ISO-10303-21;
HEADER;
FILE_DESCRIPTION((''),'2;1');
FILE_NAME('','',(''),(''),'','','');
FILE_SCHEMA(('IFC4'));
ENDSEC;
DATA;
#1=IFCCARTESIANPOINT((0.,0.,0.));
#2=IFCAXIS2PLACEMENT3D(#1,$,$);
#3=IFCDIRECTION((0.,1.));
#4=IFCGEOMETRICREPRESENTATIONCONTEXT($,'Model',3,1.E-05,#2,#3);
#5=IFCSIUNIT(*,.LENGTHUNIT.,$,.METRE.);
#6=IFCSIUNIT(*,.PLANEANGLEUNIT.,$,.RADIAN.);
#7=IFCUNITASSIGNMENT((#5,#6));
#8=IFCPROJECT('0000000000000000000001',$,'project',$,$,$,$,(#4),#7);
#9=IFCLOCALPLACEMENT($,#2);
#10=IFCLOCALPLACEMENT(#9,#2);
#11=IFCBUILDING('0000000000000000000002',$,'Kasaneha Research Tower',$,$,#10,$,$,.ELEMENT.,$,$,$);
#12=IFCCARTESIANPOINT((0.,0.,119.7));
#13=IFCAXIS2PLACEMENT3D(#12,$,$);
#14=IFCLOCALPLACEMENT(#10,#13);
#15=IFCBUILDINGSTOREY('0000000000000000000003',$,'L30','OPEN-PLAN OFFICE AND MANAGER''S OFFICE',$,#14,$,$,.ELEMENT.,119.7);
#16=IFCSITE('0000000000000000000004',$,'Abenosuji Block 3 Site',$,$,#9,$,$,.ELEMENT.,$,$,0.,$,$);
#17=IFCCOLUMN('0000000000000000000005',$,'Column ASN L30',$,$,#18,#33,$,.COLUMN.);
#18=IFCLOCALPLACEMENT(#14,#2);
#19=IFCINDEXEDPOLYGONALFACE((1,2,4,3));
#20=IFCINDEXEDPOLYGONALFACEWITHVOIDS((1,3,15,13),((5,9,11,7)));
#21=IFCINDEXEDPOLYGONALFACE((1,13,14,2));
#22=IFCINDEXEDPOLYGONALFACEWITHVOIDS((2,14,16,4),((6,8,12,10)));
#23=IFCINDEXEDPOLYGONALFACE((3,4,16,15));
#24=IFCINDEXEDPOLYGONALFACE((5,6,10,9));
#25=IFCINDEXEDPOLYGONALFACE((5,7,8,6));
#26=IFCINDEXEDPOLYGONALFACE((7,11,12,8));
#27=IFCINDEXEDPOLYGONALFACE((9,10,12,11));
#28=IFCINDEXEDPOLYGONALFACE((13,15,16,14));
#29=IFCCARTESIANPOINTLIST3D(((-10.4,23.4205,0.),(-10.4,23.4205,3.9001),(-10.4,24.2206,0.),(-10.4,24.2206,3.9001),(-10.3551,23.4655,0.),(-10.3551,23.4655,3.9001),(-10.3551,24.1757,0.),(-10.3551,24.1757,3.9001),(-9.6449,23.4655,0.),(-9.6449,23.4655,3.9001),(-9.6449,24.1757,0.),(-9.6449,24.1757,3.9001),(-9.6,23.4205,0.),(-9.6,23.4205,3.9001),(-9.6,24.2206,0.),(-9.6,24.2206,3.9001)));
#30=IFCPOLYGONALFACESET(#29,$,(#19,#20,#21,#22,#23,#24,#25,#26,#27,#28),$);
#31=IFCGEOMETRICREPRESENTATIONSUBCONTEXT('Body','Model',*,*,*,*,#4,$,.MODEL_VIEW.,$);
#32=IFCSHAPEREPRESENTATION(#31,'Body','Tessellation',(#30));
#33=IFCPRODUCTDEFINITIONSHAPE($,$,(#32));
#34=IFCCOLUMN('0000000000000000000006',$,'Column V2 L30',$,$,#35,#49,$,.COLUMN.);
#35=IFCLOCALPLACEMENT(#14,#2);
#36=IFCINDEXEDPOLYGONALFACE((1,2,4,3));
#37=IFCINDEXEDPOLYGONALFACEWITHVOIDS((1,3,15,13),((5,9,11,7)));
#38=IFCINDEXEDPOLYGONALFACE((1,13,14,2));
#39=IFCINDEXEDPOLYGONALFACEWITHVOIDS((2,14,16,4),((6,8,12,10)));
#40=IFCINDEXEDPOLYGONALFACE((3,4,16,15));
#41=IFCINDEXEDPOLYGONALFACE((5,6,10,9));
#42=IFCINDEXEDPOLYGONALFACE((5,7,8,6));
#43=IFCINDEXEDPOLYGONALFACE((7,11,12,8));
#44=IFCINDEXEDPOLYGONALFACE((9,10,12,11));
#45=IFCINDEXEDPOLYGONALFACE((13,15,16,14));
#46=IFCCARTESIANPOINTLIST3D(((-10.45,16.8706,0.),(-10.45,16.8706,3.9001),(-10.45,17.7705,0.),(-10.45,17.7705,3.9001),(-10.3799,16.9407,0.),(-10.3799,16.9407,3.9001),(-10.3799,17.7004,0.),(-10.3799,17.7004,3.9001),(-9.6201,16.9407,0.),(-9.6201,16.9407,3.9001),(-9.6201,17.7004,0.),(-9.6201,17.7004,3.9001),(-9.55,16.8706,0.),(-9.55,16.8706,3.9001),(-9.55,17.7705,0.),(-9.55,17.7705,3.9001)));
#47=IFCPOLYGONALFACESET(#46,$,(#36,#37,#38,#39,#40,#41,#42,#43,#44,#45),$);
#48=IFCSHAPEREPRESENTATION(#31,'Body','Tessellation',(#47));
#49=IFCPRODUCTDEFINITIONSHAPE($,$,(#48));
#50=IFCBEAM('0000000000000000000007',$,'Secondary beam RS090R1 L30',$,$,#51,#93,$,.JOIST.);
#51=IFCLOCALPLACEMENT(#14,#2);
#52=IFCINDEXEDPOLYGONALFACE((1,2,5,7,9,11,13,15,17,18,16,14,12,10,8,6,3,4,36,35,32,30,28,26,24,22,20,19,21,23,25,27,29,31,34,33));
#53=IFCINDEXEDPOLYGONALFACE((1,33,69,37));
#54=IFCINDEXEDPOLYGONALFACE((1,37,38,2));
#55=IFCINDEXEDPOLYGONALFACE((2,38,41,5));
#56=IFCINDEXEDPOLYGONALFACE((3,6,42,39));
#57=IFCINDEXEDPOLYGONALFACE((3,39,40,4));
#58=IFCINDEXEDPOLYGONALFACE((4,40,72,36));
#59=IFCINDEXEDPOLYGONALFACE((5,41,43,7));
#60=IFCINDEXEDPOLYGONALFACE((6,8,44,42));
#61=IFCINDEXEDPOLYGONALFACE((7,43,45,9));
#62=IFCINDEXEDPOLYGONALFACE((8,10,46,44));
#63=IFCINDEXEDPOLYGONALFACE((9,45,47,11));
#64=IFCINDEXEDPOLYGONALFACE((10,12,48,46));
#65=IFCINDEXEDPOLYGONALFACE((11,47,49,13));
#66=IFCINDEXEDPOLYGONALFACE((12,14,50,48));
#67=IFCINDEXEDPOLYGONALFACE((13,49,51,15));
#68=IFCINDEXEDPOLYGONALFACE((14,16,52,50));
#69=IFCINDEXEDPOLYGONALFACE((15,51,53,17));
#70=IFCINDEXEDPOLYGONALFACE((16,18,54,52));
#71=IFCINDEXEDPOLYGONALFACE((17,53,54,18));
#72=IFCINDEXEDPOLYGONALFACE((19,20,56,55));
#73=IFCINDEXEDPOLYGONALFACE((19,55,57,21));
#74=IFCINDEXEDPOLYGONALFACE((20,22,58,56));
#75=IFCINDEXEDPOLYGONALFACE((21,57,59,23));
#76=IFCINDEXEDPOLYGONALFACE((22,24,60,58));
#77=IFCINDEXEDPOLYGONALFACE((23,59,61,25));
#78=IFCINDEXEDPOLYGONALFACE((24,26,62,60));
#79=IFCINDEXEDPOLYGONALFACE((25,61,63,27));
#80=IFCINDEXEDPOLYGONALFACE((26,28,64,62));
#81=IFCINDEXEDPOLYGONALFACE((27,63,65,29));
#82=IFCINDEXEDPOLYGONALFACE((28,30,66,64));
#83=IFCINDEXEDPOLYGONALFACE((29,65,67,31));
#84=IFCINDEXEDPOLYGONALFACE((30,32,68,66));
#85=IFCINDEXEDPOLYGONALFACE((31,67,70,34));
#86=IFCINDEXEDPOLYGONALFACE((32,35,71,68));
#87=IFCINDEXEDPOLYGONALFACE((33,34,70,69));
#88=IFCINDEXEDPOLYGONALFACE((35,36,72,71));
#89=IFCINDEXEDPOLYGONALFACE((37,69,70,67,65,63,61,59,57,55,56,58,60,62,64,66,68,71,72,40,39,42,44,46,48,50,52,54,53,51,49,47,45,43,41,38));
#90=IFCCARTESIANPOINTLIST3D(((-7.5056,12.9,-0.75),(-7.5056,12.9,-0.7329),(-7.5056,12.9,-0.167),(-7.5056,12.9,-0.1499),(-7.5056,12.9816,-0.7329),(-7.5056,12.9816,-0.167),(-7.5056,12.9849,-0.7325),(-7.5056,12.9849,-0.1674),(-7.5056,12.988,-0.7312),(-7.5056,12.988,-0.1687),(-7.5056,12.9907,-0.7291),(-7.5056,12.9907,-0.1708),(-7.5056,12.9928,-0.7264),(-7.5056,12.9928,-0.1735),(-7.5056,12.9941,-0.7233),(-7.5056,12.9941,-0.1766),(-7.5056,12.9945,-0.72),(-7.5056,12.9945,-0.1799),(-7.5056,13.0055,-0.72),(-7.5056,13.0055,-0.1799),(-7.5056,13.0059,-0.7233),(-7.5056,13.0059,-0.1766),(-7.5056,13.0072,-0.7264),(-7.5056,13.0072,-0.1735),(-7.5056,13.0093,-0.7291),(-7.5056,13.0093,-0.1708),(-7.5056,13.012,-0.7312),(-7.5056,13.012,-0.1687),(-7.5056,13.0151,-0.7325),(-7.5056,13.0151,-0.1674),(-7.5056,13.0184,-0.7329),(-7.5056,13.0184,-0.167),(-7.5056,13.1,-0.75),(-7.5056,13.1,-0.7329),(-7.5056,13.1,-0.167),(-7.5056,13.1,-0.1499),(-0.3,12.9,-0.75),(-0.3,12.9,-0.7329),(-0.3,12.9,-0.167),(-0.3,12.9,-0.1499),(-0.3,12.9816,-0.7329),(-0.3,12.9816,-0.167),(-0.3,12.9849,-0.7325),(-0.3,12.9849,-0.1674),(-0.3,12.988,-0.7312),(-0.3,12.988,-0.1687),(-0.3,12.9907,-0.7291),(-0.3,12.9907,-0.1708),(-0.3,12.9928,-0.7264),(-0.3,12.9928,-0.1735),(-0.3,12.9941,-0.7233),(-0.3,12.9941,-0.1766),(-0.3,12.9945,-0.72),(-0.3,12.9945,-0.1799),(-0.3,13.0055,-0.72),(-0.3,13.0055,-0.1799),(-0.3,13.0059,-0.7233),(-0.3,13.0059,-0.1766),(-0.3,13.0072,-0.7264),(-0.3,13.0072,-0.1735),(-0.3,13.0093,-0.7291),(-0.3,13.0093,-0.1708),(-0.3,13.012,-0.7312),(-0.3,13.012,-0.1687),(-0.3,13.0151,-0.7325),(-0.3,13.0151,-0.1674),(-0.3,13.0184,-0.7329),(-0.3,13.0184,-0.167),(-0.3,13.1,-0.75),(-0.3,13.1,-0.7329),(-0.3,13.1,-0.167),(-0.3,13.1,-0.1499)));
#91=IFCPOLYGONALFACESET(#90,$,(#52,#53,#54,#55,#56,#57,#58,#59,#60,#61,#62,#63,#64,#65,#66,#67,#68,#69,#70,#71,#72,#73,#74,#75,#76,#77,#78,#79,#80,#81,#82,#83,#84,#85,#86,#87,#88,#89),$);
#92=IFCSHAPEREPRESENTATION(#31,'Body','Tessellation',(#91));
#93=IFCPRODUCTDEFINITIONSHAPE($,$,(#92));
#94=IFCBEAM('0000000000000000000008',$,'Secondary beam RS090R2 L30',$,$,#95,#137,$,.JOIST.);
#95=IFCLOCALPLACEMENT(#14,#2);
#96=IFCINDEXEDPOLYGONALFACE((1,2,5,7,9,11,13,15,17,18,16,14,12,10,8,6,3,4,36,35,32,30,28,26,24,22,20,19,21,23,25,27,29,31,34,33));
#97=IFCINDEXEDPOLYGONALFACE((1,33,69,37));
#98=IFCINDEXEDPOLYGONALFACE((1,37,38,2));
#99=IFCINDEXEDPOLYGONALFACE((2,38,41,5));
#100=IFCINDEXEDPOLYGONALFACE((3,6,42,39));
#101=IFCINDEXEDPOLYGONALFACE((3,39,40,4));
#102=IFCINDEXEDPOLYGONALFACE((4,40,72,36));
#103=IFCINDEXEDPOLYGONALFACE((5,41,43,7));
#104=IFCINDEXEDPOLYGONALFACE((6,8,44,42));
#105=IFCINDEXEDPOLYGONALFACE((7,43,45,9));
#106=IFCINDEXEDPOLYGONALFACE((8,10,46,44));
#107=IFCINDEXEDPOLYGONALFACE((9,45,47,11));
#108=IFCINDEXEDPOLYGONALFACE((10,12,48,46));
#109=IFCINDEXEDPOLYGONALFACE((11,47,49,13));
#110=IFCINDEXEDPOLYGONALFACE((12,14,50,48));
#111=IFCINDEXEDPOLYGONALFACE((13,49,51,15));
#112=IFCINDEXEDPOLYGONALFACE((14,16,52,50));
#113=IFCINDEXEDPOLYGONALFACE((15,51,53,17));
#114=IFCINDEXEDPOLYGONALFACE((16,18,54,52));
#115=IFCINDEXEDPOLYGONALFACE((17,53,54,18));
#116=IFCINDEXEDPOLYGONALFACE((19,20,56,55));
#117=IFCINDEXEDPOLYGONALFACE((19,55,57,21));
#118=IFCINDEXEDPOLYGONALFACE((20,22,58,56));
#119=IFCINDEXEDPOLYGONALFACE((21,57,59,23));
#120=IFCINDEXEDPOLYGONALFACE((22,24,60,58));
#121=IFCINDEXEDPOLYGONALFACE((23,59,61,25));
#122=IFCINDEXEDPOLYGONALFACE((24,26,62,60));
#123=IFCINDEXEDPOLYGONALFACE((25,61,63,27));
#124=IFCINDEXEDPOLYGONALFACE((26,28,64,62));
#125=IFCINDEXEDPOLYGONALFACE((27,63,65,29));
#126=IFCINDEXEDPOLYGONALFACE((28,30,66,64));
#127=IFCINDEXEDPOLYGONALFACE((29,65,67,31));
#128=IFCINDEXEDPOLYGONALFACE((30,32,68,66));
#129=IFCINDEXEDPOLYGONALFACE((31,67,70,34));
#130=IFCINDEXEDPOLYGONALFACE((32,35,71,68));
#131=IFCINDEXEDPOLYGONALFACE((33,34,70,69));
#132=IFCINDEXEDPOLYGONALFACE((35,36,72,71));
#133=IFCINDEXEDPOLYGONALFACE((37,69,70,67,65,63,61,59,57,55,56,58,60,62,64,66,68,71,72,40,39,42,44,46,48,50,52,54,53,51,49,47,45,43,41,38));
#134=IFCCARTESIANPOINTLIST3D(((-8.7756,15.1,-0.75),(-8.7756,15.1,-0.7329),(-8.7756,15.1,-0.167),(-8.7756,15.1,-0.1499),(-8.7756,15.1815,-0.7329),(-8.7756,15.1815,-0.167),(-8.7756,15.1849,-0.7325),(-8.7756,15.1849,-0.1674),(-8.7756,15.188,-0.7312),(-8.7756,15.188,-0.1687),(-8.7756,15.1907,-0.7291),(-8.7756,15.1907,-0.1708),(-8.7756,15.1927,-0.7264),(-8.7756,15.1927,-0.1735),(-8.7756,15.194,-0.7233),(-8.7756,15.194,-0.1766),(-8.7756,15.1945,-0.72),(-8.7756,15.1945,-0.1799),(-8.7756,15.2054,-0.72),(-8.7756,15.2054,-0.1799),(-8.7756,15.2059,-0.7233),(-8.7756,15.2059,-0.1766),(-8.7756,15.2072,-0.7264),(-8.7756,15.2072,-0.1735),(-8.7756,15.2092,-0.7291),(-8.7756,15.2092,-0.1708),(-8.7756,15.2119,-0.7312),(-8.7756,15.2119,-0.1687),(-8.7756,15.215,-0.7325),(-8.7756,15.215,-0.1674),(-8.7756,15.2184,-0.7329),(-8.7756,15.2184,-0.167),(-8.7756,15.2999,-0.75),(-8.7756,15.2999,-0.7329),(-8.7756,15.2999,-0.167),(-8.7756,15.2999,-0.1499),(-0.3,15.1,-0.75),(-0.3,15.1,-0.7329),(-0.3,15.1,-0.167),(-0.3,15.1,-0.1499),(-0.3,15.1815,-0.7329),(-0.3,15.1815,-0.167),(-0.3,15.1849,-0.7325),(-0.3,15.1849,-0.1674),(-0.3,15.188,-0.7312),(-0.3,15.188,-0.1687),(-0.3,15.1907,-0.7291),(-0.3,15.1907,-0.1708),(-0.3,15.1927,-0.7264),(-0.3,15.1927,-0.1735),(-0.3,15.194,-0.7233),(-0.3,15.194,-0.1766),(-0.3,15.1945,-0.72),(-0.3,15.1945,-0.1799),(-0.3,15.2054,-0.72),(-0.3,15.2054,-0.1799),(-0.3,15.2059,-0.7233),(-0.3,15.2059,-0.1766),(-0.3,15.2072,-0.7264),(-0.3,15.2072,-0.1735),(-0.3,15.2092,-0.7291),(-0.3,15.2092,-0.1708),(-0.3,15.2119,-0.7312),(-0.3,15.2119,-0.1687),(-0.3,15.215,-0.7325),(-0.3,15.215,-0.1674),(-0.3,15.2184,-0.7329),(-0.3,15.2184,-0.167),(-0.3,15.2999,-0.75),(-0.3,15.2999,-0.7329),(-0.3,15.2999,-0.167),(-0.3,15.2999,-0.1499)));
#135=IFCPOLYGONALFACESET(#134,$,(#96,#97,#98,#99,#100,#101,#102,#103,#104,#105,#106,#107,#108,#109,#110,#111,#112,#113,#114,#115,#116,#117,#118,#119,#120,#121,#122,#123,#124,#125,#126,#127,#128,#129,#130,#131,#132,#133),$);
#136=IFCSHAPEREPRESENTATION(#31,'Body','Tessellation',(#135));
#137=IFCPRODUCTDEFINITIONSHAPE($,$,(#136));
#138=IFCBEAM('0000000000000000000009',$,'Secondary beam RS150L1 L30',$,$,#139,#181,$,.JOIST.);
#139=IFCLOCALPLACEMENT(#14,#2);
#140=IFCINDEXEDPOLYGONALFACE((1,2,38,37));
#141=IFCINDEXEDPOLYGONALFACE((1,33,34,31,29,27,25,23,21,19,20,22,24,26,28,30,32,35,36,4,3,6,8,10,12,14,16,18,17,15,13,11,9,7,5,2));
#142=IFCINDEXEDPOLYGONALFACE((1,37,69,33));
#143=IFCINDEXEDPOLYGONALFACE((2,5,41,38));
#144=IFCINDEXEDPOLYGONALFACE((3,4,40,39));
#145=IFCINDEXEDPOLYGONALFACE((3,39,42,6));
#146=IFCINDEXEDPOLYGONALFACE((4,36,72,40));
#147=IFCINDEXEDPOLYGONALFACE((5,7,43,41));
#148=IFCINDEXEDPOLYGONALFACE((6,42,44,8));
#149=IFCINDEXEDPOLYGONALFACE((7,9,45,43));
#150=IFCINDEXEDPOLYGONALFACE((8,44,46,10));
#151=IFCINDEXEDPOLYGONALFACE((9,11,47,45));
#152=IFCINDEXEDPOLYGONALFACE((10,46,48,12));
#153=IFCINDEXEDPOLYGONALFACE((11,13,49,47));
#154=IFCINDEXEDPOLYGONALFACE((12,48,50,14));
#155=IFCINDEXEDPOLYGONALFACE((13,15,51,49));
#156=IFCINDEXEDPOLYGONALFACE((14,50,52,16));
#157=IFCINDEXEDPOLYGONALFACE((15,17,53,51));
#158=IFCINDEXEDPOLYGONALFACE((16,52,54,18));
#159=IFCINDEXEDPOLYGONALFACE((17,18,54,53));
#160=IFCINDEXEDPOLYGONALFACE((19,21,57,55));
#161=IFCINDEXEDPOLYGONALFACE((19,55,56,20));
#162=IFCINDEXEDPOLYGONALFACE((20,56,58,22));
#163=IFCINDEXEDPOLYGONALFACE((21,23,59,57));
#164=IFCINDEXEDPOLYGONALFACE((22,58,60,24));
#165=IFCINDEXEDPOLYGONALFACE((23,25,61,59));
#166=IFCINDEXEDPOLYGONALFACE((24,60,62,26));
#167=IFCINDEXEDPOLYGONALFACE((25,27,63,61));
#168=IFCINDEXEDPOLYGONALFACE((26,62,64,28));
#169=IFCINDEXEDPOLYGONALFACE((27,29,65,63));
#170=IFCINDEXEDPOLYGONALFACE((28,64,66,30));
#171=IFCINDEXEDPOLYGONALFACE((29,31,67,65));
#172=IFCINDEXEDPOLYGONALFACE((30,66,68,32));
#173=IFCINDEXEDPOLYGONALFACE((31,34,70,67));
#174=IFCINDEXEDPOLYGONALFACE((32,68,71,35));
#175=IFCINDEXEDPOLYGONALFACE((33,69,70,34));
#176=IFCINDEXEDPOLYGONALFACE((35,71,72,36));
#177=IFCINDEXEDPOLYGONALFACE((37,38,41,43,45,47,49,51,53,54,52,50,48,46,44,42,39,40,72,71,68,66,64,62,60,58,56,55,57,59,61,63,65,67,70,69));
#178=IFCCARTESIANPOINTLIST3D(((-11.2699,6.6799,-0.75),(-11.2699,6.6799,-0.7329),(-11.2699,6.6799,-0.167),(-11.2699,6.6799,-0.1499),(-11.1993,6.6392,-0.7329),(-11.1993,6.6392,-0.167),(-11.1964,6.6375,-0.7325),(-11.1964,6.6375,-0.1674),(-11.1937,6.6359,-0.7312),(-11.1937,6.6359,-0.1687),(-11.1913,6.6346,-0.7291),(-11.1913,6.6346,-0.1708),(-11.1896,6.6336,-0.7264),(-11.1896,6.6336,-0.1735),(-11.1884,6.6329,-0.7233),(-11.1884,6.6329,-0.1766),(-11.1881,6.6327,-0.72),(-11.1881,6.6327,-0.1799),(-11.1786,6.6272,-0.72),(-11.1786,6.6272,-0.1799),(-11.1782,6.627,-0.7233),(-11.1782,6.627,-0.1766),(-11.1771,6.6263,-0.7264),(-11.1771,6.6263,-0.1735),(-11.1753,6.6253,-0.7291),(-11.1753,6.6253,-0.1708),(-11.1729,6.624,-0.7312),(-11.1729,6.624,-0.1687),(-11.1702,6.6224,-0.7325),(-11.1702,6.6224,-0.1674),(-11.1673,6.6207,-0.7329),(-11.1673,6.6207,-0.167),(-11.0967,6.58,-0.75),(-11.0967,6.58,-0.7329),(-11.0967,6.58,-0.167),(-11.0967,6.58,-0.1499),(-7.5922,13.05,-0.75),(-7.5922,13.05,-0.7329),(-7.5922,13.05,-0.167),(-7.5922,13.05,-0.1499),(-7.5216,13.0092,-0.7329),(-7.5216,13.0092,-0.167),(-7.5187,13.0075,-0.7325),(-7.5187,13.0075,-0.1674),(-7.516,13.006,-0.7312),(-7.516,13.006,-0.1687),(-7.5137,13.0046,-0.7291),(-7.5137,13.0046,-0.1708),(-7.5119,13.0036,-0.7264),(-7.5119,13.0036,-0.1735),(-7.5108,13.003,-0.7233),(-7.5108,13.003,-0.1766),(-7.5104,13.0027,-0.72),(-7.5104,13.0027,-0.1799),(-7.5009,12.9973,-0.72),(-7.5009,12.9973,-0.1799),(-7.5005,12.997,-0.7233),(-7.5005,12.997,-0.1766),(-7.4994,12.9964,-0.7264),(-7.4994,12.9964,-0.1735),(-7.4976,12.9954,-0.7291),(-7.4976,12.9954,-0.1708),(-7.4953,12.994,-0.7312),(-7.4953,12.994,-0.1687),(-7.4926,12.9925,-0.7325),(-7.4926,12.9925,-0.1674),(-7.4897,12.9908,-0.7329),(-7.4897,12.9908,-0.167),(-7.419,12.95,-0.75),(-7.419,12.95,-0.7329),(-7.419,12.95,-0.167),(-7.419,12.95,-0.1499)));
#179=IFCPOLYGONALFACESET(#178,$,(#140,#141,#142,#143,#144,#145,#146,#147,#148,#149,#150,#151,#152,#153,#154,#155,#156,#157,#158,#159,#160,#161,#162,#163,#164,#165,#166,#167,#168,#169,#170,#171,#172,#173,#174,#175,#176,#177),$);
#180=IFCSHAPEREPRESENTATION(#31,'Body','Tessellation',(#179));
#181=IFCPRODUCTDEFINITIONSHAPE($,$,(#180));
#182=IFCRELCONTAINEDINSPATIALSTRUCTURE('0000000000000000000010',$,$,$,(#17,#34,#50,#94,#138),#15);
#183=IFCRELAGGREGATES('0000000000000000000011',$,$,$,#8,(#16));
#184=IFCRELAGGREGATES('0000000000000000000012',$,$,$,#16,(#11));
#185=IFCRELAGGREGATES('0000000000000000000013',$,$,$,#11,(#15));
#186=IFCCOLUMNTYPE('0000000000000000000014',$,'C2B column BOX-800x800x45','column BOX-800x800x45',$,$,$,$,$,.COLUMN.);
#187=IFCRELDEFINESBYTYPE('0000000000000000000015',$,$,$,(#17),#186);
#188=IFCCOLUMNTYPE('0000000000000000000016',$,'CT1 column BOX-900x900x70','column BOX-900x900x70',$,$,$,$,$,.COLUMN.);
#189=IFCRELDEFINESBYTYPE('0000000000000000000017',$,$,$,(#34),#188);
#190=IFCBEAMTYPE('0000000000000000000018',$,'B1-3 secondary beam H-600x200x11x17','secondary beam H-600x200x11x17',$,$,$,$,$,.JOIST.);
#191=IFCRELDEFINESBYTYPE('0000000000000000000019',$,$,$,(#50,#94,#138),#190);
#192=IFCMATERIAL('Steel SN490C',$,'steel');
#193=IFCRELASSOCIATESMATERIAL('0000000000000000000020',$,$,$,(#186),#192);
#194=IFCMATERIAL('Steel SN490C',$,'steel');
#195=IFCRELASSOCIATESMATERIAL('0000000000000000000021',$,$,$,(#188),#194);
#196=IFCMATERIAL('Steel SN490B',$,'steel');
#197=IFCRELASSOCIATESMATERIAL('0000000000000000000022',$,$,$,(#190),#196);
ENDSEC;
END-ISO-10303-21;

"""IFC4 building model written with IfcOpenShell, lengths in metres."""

from ifc_helpers import new_model, si_unit, direction, frame, origin, origin_2d, place, context, subcontext, project, spatial, hollow_rectangle, i_section, extrude, material, material_profile, profile_set, type_object, element, save


model = new_model("IFC4")

# Units and contexts
model_context = context("Model", 3, precision=1e-05, world=origin(), true_north=direction((0.0, 1.0)))
body_context = subcontext(model_context, "Body", "Model", "MODEL_VIEW")
ifc_project = project(units=[si_unit("LENGTHUNIT", "METRE"), si_unit("PLANEANGLEUNIT", "RADIAN")], contexts=[model_context])

# Site, building, storey
site_placement = place(None, origin())
site = spatial("IfcSite", under=ifc_project, at=site_placement, Name="Abenosuji Block 3 Site", CompositionType="ELEMENT", RefElevation=0.0)
building_placement = place(site_placement, origin())
building = spatial("IfcBuilding", under=site, at=building_placement, Name="Kasaneha Research Tower", CompositionType="ELEMENT")
storey_placement = place(building_placement, frame((0.0, 0.0, 119.7)))
storey = spatial("IfcBuildingStorey", under=building, at=storey_placement, Name="L30", Description="OPEN-PLAN OFFICE AND MANAGER'S OFFICE", CompositionType="ELEMENT", Elevation=119.7)

# Columns
ifc_material_1 = material(Name="Steel SN490C", Category="steel")
ifc_material_profile_1 = material_profile(ifc_material_1, hollow_rectangle(XDim=0.8, YDim=0.8, WallThickness=0.0449, at=origin_2d()), Name="BOX-800x800x45")
ifc_profile_set_1 = profile_set([ifc_material_profile_1], Name="Steel SN490C")
column_type_1 = type_object("IfcColumnType", Name="C2B column BOX-800x800x45", Description="column BOX-800x800x45", PredefinedType="COLUMN", material=ifc_profile_set_1)
column_1_placement = place(storey_placement, frame((-10.0, 23.8206, 0.0), z_axis=(0.0, 0.0, 1.0), x_axis=(1.0, 0.0, 0.0)))
element("IfcColumn", 1, at=column_1_placement, inside=storey, type_object=column_type_1, Name="Column ASN L30", PredefinedType="COLUMN", context=body_context, shape_type="SweptSolid", body=[
    extrude(hollow_rectangle(XDim=0.8, YDim=0.8, WallThickness=0.0449, at=origin_2d()), origin(), (0.0, 0.0, 1.0), 3.9001),
])
ifc_material_2 = material(Name="Steel SN490C", Category="steel")
ifc_material_profile_2 = material_profile(ifc_material_2, hollow_rectangle(XDim=0.8999, YDim=0.8999, WallThickness=0.0701, at=origin_2d()), Name="BOX-900x900x70")
ifc_profile_set_2 = profile_set([ifc_material_profile_2], Name="Steel SN490C")
column_type_2 = type_object("IfcColumnType", Name="CT1 column BOX-900x900x70", Description="column BOX-900x900x70", PredefinedType="COLUMN", material=ifc_profile_set_2)
column_2_placement = place(storey_placement, frame((-10.0, 17.3206, 0.0), z_axis=(0.0, 0.0, 1.0), x_axis=(1.0, 0.0, 0.0)))
element("IfcColumn", 2, at=column_2_placement, inside=storey, type_object=column_type_2, Name="Column V2 L30", PredefinedType="COLUMN", context=body_context, shape_type="SweptSolid", body=[
    extrude(hollow_rectangle(XDim=0.8999, YDim=0.8999, WallThickness=0.0701, at=origin_2d()), origin(), (0.0, 0.0, 1.0), 3.9001),
])

# Beams
ifc_material_3 = material(Name="Steel SN490B", Category="steel")
ifc_material_profile_3 = material_profile(ifc_material_3, i_section(OverallWidth=0.2, OverallDepth=0.6001, WebThickness=0.011, FlangeThickness=0.0171, FilletRadius=0.0129, at=origin_2d()), Name="H-600x200x11x17")
ifc_profile_set_3 = profile_set([ifc_material_profile_3], Name="Steel SN490B")
beam_type_1 = type_object("IfcBeamType", Name="B1-3 secondary beam H-600x200x11x17", Description="secondary beam H-600x200x11x17", PredefinedType="JOIST", material=ifc_profile_set_3)
beam_1_placement = place(storey_placement, frame((-7.5056, 13.0, -0.45), z_axis=(1.0, 0.0, 0.0), x_axis=(0.0, 1.0, 0.0)))
element("IfcBeam", 3, at=beam_1_placement, inside=storey, type_object=beam_type_1, Name="Secondary beam RS090R1 L30", PredefinedType="JOIST", context=body_context, shape_type="SweptSolid", body=[
    extrude(i_section(OverallWidth=0.2, OverallDepth=0.6001, WebThickness=0.011, FlangeThickness=0.0171, FilletRadius=0.0129, at=origin_2d()), origin(), (0.0, 0.0, 1.0), 7.2056),
])
beam_2_placement = place(storey_placement, frame((-8.7756, 15.2, -0.45), z_axis=(1.0, 0.0, 0.0), x_axis=(0.0, 1.0, 0.0)))
element("IfcBeam", 4, at=beam_2_placement, inside=storey, type_object=beam_type_1, Name="Secondary beam RS090R2 L30", PredefinedType="JOIST", context=body_context, shape_type="SweptSolid", body=[
    extrude(i_section(OverallWidth=0.2, OverallDepth=0.6001, WebThickness=0.011, FlangeThickness=0.0171, FilletRadius=0.0129, at=origin_2d()), origin(), (0.0, 0.0, 1.0), 8.4756),
])
beam_3_placement = place(storey_placement, frame((-7.5056, 13.0, -0.45), z_axis=(-0.499994, -0.866029, 0.0), x_axis=(0.866029, -0.499994, 0.0)))
element("IfcBeam", 5, at=beam_3_placement, inside=storey, type_object=beam_type_1, Name="Secondary beam RS150L1 L30", PredefinedType="JOIST", context=body_context, shape_type="SweptSolid", body=[
    extrude(i_section(OverallWidth=0.2, OverallDepth=0.6001, WebThickness=0.011, FlangeThickness=0.0171, FilletRadius=0.0129, at=origin_2d()), origin(), (0.0, 0.0, 1.0), 7.3555),
])

save(model, "model.ifc")
